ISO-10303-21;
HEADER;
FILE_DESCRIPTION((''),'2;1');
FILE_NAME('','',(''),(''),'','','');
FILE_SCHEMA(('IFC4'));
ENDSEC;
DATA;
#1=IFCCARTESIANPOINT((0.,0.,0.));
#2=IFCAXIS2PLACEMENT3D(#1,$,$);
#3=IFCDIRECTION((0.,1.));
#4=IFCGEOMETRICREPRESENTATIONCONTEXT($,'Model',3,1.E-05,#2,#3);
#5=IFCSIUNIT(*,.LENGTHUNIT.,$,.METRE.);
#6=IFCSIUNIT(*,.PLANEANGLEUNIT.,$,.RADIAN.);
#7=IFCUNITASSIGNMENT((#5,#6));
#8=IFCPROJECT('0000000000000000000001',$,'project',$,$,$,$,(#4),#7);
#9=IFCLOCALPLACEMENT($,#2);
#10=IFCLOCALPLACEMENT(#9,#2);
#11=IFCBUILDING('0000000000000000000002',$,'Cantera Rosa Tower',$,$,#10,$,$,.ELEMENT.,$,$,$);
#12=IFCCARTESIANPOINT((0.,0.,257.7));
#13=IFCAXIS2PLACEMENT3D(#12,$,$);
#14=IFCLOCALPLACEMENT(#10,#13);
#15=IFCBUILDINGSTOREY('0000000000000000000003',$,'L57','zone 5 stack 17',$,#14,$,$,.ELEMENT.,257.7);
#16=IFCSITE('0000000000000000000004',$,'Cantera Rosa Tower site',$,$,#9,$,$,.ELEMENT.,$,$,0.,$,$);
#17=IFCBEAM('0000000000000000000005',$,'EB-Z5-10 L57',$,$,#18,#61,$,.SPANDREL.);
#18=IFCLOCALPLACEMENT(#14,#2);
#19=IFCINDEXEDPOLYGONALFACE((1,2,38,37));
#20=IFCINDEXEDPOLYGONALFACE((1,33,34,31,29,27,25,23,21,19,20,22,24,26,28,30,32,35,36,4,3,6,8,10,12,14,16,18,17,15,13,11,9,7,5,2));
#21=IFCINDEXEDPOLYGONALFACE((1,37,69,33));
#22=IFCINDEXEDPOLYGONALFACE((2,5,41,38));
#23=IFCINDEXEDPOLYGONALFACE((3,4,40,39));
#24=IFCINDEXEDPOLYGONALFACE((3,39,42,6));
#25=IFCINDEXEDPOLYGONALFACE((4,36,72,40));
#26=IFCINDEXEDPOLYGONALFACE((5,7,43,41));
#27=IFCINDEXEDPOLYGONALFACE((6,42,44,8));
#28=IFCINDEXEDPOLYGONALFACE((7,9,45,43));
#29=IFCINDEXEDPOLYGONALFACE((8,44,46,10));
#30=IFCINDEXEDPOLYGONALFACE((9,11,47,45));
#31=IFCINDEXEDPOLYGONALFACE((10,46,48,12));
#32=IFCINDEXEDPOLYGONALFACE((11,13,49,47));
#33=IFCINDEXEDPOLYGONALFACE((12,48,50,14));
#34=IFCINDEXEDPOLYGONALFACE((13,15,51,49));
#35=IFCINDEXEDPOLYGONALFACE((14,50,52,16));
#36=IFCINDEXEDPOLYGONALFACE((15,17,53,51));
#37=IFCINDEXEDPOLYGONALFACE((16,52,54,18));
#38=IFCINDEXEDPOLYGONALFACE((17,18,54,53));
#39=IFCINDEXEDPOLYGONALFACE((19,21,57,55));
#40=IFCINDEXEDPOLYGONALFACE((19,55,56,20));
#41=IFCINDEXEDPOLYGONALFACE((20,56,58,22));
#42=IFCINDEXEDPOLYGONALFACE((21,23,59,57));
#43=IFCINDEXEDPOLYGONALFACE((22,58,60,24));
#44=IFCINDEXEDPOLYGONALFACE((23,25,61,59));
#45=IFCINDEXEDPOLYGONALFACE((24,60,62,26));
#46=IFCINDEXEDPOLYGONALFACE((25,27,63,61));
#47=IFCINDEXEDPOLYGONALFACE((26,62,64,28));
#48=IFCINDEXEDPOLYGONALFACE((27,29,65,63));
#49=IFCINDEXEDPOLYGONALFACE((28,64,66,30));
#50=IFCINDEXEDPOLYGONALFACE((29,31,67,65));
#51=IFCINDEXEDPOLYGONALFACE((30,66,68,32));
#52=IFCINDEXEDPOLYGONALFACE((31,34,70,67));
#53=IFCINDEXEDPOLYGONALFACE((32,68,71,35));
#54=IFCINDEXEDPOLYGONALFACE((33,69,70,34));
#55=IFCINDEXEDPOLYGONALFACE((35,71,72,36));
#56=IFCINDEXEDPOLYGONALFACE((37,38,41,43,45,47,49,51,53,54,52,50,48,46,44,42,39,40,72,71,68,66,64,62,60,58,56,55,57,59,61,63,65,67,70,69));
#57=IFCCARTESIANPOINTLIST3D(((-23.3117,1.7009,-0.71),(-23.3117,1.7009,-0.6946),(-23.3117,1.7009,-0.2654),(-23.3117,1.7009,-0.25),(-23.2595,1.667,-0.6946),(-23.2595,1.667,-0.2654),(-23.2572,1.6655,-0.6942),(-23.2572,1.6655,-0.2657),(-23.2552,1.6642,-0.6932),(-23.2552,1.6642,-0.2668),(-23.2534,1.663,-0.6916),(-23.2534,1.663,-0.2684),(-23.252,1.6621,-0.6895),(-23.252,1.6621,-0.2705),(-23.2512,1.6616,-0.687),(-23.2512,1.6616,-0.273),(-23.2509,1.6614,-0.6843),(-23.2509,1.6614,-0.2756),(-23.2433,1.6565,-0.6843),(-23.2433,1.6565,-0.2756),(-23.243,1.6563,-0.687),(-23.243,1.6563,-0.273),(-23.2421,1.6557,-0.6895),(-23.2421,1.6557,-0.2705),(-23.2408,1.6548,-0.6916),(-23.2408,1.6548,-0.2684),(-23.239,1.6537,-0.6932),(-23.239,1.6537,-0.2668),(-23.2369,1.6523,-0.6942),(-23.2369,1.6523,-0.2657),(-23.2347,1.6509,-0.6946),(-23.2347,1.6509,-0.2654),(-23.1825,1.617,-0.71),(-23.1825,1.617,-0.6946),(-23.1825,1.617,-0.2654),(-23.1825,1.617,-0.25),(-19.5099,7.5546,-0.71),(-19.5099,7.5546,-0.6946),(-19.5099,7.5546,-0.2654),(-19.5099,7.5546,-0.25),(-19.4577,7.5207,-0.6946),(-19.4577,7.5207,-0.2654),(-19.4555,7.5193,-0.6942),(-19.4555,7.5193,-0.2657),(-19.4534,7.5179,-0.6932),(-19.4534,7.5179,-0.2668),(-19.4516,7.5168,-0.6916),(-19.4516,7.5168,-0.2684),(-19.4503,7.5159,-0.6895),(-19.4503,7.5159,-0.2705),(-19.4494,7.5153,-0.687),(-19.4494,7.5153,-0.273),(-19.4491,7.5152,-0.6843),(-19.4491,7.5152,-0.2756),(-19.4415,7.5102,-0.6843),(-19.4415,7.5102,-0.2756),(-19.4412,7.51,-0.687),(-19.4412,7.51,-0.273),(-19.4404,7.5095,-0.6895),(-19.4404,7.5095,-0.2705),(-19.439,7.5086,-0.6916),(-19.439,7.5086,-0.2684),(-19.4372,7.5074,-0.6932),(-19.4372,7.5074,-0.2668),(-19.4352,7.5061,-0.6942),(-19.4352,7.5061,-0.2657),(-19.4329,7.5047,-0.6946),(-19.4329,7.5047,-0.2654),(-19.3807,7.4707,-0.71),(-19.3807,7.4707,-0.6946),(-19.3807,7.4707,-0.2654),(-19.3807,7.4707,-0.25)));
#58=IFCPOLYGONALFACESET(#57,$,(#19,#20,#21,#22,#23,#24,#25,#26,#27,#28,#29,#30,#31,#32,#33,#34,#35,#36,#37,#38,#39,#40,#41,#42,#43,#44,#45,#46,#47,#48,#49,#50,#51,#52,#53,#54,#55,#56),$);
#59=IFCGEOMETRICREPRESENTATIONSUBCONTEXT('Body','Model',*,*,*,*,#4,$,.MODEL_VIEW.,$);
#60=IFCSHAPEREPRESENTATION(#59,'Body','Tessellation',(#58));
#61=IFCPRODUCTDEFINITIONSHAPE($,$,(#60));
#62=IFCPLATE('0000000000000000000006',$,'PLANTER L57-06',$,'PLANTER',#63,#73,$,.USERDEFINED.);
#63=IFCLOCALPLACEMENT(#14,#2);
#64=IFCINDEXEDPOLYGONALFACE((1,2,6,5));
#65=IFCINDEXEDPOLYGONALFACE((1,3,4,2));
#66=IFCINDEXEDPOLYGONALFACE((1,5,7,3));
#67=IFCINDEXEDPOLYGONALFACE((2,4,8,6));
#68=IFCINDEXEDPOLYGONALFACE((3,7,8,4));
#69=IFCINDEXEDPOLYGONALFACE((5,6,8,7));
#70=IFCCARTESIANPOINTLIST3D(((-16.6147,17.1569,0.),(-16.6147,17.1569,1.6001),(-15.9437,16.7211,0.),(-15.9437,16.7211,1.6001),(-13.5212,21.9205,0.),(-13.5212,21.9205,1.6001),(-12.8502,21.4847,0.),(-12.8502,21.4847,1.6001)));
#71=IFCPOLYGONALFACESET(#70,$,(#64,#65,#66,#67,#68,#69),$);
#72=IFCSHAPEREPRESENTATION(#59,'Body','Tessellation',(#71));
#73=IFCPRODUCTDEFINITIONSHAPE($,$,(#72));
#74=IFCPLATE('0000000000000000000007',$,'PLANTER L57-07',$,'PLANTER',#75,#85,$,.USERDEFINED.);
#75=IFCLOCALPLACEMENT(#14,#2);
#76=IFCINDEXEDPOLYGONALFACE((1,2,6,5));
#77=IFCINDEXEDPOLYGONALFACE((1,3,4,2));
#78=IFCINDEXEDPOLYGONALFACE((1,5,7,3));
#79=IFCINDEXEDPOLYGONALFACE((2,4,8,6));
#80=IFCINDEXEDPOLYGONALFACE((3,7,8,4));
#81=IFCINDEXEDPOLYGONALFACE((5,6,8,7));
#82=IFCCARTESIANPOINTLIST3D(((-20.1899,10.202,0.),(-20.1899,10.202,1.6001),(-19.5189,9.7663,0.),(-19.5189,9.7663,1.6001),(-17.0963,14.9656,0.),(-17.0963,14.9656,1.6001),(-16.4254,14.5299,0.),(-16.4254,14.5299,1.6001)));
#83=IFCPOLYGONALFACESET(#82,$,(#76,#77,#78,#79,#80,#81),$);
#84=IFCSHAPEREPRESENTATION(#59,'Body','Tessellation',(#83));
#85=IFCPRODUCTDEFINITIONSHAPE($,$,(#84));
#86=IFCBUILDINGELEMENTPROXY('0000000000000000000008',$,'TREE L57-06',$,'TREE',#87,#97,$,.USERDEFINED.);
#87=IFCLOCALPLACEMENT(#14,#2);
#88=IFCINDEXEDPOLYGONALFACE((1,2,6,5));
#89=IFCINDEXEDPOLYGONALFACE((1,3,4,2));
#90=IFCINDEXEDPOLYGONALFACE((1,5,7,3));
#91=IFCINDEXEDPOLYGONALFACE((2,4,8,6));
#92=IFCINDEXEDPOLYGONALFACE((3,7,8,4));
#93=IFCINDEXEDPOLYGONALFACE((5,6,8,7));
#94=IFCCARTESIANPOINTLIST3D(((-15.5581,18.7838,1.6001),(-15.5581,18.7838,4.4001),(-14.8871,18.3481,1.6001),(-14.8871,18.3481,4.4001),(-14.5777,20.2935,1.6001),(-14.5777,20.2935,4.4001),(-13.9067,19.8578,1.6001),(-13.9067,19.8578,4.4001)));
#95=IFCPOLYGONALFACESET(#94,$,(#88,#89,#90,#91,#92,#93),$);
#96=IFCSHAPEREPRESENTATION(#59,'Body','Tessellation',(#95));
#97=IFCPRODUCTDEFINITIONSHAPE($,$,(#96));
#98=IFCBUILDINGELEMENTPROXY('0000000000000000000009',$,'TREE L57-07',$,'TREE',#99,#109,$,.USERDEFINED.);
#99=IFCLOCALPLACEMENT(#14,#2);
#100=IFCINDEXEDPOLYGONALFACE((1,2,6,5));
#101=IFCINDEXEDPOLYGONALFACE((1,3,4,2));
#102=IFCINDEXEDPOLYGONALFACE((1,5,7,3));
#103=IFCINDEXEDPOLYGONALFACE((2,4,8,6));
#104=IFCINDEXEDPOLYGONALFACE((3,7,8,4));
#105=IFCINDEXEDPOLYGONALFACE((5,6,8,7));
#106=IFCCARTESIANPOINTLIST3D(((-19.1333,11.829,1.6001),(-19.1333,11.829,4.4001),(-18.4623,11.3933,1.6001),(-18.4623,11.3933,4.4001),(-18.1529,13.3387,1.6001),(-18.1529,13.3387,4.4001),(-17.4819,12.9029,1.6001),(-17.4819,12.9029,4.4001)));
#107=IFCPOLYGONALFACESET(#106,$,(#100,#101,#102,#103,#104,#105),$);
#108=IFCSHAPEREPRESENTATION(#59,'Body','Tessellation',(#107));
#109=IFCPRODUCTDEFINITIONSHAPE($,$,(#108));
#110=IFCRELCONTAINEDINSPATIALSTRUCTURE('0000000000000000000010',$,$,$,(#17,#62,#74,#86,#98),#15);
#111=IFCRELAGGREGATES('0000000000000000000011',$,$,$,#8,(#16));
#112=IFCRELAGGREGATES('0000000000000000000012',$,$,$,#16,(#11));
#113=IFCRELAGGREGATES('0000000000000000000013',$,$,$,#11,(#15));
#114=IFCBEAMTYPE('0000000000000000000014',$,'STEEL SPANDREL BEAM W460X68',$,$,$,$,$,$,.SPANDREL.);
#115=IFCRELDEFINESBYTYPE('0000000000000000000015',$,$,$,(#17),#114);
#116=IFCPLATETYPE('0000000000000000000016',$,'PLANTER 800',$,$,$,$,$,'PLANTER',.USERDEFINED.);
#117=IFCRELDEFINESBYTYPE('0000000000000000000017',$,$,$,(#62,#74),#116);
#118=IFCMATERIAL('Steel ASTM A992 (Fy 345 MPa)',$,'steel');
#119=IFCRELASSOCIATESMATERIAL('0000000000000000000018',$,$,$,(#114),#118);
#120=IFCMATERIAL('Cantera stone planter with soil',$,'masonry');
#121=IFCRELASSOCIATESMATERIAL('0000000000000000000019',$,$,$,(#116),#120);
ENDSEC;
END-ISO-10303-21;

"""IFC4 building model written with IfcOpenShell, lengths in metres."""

from ifc_helpers import new_model, si_unit, direction, frame, origin, origin_2d, place, context, subcontext, project, spatial, rectangle, i_section, extrude, material, material_profile, profile_set, type_object, element, save


model = new_model("IFC4")

# Units and contexts
model_context = context("Model", 3, precision=1e-05, world=origin(), true_north=direction((0.0, 1.0)))
body_context = subcontext(model_context, "Body", "Model", "MODEL_VIEW")
ifc_project = project(units=[si_unit("LENGTHUNIT", "METRE"), si_unit("PLANEANGLEUNIT", "RADIAN")], contexts=[model_context])

# Site, building, storey
site_placement = place(None, origin())
site = spatial("IfcSite", under=ifc_project, at=site_placement, Name="Cantera Rosa Tower site", CompositionType="ELEMENT", RefElevation=0.0)
building_placement = place(site_placement, origin())
building = spatial("IfcBuilding", under=site, at=building_placement, Name="Cantera Rosa Tower", CompositionType="ELEMENT")
storey_placement = place(building_placement, frame((0.0, 0.0, 257.7)))
storey = spatial("IfcBuildingStorey", under=building, at=storey_placement, Name="L57", Description="zone 5 stack 17", CompositionType="ELEMENT", Elevation=257.7)

# Beam
ifc_material_1 = material(Name="Steel ASTM A992 (Fy 345 MPa)", Category="steel")
ifc_material_profile_1 = material_profile(ifc_material_1, i_section(OverallWidth=0.1541, OverallDepth=0.46, WebThickness=0.009, FlangeThickness=0.0154, FilletRadius=0.0103, at=origin_2d()), Name="W460X68")
ifc_profile_set_1 = profile_set([ifc_material_profile_1], Name="Steel ASTM A992 (Fy 345 MPa)")
beam_type_1 = type_object("IfcBeamType", Name="STEEL SPANDREL BEAM W460X68", PredefinedType="SPANDREL", material=ifc_profile_set_1)
beam_1_placement = place(storey_placement, frame((-19.4453, 7.5127, -0.48), z_axis=(-0.544667, -0.838652, 0.0), x_axis=(0.838652, -0.544667, 0.0)))
element("IfcBeam", 1, at=beam_1_placement, inside=storey, type_object=beam_type_1, Name="EB-Z5-10 L57", PredefinedType="SPANDREL", context=body_context, shape_type="SweptSolid", body=[
    extrude(i_section(OverallWidth=0.1541, OverallDepth=0.46, WebThickness=0.009, FlangeThickness=0.0154, FilletRadius=0.0103, at=origin_2d()), origin(), (0.0, 0.0, 1.0), 6.98),
])

# Plates
ifc_material_2 = material(Name="Cantera stone planter with soil", Category="masonry")
plate_type = type_object("IfcPlateType", Name="PLANTER 800", ElementType="PLANTER", PredefinedType="USERDEFINED", material=ifc_material_2)
for number, where, z_axis, x_axis, name in (
    (2, (-14.7324, 19.3208, 0.0), (0.0, 0.0, 1.0), (-0.544639, -0.838671, 0.0), "PLANTER L57-06"),
    (3, (-18.3076, 12.366, 0.0), (0.0, 0.0, 1.0), (-0.544639, -0.838671, 0.0), "PLANTER L57-07"),
):
    element("IfcPlate", number, at=place(storey_placement, frame(where, z_axis=z_axis, x_axis=x_axis)), inside=storey, type_object=plate_type, Name=name, ObjectType="PLANTER", PredefinedType="USERDEFINED", context=body_context, shape_type="SweptSolid", body=[
        extrude(rectangle(XDim=5.6799, YDim=0.8, at=origin_2d()), origin(), (0.0, 0.0, 1.0), 1.6001),
    ])

# Building element proxies
for number, where, z_axis, x_axis, name in (
    (4, (-14.7324, 19.3208, 1.6001), (0.0, 0.0, 1.0), (-0.544639, -0.838671, 0.0), "TREE L57-06"),
    (5, (-18.3076, 12.366, 1.6001), (0.0, 0.0, 1.0), (-0.544639, -0.838671, 0.0), "TREE L57-07"),
):
    element("IfcBuildingElementProxy", number, at=place(storey_placement, frame(where, z_axis=z_axis, x_axis=x_axis)), inside=storey, Name=name, ObjectType="TREE", PredefinedType="USERDEFINED", context=body_context, shape_type="SweptSolid", body=[
        extrude(rectangle(XDim=1.8, YDim=0.8, at=origin_2d()), origin(), (0.0, 0.0, 1.0), 2.8),
    ])

save(model, "model.ifc")
